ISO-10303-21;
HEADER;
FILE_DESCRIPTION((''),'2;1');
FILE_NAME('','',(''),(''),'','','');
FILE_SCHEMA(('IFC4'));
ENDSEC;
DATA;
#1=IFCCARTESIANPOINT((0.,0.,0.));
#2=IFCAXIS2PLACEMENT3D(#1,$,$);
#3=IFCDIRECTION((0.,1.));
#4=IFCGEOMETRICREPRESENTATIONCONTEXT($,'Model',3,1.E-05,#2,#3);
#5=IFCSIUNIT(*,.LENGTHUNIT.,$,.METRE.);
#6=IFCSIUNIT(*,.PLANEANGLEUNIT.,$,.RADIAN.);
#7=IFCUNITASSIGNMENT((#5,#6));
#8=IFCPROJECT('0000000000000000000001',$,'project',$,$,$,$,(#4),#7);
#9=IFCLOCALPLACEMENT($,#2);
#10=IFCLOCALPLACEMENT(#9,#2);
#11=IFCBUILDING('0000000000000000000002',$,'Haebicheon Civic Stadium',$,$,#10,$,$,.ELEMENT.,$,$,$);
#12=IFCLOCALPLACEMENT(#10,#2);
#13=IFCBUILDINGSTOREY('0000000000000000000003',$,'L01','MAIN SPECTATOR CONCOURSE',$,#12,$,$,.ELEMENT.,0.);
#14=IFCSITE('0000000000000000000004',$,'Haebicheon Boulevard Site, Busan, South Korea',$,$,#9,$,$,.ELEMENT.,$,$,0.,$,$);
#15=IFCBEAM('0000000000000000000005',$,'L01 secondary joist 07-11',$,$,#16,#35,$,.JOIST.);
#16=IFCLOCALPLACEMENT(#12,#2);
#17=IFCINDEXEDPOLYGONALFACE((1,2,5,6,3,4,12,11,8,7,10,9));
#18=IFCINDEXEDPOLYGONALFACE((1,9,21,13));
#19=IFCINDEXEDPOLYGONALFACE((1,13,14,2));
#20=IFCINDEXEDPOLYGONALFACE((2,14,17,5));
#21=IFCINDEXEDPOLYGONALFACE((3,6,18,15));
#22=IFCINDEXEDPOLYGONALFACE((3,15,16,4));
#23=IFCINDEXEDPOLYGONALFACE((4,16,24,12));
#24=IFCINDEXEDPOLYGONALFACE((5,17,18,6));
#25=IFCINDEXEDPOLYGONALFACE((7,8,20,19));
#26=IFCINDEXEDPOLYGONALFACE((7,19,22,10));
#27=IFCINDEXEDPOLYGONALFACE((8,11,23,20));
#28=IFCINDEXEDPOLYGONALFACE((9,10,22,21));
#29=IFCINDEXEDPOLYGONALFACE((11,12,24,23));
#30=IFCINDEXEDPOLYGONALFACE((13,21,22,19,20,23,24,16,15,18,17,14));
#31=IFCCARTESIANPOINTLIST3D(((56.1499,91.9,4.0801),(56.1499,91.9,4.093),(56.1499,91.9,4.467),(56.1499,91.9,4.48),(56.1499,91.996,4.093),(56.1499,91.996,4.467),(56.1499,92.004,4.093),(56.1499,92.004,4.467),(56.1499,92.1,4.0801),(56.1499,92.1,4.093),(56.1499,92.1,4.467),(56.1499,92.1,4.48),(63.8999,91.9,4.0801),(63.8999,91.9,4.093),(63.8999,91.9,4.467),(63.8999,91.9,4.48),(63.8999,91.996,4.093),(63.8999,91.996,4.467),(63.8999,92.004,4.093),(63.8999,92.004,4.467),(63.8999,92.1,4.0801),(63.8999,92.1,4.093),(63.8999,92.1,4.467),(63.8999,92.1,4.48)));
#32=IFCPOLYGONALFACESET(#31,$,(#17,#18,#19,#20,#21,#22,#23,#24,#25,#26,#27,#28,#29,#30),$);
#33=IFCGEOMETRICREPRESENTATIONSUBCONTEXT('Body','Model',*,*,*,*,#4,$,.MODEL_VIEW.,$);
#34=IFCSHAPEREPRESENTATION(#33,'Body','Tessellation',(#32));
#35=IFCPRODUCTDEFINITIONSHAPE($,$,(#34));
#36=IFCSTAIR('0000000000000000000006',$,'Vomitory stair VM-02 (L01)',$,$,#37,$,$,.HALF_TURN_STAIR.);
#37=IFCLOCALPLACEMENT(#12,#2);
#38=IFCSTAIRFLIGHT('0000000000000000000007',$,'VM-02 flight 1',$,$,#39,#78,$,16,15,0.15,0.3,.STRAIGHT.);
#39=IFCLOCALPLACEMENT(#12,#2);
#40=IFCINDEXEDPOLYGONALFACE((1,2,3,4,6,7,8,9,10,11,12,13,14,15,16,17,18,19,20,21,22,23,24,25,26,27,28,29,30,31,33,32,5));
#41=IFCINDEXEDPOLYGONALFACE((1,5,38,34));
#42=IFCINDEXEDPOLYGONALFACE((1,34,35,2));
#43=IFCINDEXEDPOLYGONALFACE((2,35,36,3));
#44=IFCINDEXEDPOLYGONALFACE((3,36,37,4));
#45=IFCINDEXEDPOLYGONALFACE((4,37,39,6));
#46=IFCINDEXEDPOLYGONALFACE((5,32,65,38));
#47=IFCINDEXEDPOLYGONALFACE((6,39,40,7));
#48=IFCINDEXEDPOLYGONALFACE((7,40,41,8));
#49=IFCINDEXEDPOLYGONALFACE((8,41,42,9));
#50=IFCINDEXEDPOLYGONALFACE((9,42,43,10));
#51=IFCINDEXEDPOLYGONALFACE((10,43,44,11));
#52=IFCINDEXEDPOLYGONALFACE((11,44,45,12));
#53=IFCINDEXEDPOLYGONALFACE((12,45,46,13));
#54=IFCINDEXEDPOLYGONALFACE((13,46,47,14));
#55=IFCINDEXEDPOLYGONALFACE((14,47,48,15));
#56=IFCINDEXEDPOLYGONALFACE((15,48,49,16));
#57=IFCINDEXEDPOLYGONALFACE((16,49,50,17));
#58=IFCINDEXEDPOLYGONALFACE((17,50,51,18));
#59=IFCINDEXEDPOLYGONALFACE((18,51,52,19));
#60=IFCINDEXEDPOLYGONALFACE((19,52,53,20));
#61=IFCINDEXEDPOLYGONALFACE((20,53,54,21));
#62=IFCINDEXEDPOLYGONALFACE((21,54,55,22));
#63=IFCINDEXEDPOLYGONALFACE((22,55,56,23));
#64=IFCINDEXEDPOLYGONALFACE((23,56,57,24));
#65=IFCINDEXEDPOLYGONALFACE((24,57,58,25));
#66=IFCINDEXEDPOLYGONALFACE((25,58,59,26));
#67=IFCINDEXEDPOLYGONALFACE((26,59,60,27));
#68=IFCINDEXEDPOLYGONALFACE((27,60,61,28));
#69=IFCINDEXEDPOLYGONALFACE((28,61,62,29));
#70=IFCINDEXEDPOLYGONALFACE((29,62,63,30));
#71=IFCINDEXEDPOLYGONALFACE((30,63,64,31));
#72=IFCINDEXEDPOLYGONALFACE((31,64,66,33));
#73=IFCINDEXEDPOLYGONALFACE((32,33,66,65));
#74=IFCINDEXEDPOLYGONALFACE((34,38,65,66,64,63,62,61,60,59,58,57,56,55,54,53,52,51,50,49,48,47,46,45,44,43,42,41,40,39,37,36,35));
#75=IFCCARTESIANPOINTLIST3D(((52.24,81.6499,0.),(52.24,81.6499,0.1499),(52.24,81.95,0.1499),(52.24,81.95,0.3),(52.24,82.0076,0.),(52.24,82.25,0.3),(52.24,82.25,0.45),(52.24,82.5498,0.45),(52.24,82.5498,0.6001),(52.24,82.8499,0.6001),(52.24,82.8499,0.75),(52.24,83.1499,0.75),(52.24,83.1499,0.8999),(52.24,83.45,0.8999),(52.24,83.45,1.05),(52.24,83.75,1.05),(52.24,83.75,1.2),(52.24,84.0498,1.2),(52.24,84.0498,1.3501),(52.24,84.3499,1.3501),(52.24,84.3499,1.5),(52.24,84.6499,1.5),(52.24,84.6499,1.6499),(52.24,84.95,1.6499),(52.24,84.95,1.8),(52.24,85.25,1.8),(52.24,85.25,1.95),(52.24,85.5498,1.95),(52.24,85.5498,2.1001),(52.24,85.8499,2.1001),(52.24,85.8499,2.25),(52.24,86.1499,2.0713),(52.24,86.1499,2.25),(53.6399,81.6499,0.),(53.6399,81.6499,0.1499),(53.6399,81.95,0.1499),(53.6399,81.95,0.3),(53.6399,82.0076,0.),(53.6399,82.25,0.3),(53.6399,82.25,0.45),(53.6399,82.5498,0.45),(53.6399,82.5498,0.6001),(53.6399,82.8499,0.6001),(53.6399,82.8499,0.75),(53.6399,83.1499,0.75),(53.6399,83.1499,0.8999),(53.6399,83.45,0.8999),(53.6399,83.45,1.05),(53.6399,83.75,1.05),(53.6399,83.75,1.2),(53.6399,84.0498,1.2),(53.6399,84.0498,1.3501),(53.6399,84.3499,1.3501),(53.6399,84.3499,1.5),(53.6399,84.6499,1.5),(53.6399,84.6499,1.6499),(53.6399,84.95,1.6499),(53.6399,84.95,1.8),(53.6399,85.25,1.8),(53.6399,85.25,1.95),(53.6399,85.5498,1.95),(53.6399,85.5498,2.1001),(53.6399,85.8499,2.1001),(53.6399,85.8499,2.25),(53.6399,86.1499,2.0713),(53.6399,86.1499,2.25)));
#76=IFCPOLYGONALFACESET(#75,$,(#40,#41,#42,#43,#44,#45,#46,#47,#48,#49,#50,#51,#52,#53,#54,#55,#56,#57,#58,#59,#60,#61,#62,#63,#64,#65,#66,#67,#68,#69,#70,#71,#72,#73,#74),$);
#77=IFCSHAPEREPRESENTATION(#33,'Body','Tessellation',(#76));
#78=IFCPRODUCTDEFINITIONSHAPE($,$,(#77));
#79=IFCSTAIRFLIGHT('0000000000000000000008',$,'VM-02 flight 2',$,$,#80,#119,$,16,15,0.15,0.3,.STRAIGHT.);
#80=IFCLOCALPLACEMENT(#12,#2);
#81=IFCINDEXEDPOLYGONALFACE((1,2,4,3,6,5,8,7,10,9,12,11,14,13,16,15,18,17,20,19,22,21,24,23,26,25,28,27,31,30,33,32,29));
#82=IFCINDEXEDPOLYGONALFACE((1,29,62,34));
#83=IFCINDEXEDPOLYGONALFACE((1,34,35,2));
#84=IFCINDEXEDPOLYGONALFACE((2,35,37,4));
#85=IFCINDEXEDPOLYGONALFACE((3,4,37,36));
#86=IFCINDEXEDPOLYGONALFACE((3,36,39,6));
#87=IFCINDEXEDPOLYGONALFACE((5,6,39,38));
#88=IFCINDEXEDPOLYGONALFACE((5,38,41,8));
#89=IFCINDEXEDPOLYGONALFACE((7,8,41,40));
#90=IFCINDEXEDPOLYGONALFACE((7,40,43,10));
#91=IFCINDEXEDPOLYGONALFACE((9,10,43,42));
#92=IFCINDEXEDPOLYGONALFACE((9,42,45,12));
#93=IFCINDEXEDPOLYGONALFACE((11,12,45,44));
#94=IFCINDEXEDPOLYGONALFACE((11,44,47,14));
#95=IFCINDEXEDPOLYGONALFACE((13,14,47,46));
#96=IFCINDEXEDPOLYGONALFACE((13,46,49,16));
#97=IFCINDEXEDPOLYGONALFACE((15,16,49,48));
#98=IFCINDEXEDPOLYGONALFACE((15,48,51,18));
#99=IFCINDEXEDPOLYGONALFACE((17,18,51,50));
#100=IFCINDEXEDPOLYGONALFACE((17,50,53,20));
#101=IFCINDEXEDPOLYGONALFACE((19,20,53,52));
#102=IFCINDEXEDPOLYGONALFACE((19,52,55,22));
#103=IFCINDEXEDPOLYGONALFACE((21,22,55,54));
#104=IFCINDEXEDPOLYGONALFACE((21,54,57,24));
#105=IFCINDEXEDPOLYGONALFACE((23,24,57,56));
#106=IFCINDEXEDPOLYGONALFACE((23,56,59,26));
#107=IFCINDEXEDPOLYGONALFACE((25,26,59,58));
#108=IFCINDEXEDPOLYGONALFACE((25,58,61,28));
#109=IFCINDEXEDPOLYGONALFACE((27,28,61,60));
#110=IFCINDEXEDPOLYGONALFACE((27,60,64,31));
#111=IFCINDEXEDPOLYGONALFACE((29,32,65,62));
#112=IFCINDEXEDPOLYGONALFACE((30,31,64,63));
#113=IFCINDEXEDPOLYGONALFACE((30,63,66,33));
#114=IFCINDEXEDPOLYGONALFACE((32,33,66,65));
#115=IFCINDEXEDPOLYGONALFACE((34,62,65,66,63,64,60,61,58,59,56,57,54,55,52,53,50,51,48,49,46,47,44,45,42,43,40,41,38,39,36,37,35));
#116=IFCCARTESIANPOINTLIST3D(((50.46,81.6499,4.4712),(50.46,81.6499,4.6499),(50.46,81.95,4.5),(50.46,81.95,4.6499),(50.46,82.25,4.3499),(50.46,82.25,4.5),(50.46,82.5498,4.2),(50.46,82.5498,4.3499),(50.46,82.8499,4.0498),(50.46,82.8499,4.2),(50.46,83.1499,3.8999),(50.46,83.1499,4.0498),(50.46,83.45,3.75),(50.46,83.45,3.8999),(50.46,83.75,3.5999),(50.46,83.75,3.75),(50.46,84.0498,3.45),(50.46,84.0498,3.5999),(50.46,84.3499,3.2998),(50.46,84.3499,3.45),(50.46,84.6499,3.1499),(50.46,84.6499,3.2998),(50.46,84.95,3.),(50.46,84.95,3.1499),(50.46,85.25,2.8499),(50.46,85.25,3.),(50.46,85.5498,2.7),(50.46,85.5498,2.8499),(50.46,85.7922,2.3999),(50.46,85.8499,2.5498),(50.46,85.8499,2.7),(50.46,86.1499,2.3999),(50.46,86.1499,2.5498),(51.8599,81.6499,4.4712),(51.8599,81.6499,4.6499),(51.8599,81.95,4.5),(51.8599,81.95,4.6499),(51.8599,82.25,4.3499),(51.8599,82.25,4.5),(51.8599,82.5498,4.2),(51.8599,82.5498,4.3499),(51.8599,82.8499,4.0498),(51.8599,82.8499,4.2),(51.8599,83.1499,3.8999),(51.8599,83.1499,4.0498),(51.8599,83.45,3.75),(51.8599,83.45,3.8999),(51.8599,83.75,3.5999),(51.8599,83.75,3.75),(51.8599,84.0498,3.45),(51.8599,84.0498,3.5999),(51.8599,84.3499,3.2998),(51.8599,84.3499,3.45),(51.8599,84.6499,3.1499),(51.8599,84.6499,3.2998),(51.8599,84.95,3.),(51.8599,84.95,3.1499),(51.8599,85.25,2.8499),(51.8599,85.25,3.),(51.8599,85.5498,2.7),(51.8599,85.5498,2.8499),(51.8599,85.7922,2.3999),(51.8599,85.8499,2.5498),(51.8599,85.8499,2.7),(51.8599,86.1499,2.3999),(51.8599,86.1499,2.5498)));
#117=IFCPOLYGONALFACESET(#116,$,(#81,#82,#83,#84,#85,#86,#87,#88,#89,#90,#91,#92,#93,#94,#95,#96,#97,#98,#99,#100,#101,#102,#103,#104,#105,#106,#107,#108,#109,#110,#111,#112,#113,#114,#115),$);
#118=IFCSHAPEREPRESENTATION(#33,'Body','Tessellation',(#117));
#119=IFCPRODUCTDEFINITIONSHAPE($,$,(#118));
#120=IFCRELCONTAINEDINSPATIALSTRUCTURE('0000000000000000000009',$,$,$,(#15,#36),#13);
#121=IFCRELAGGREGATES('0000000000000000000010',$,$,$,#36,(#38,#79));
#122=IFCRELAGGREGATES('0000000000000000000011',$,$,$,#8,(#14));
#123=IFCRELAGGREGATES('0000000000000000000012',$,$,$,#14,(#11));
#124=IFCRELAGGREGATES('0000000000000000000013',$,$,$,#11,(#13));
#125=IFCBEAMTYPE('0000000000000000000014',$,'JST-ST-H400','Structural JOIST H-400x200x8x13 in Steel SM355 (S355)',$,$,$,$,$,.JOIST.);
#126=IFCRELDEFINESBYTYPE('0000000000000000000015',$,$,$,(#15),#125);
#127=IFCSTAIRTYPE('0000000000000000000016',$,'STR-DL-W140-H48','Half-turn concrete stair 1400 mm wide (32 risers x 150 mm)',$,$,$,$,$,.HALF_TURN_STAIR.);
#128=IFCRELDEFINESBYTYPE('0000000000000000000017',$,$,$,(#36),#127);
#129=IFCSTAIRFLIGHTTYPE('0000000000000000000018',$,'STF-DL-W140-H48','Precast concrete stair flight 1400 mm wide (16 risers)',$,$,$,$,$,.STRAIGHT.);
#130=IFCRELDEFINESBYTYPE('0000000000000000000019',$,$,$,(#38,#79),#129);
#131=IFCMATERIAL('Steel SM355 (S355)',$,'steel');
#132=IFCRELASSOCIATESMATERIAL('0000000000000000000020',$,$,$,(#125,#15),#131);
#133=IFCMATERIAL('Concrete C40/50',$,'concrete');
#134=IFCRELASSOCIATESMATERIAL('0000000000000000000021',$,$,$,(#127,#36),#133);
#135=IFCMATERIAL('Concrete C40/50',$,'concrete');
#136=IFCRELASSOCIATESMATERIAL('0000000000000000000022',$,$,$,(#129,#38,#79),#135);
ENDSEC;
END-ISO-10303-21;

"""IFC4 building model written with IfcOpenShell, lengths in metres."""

from ifc_helpers import new_model, si_unit, direction, frame, origin, origin_2d, place, context, subcontext, project, spatial, polyline, i_section, outline, extrude, material, material_profile, profile_set, type_object, element, aggregate, save


model = new_model("IFC4")

# Units and contexts
model_context = context("Model", 3, precision=1e-05, world=origin(), true_north=direction((0.0, 1.0)))
body_context = subcontext(model_context, "Body", "Model", "MODEL_VIEW")
ifc_project = project(units=[si_unit("LENGTHUNIT", "METRE"), si_unit("PLANEANGLEUNIT", "RADIAN")], contexts=[model_context])

# Site, building, storey
site_placement = place(None, origin())
site = spatial("IfcSite", under=ifc_project, at=site_placement, Name="Haebicheon Boulevard Site, Busan, South Korea", CompositionType="ELEMENT", RefElevation=0.0)
building_placement = place(site_placement, origin())
building = spatial("IfcBuilding", under=site, at=building_placement, Name="Haebicheon Civic Stadium", CompositionType="ELEMENT")
storey_placement = place(building_placement, origin())
storey = spatial("IfcBuildingStorey", under=building, at=storey_placement, Name="L01", Description="MAIN SPECTATOR CONCOURSE", CompositionType="ELEMENT", Elevation=0.0)

# Beam
ifc_material_1 = material(Name="Steel SM355 (S355)", Category="steel")
ifc_material_profile_1 = material_profile(ifc_material_1, i_section(OverallWidth=0.2, OverallDepth=0.3999, WebThickness=0.0081, FlangeThickness=0.0129, at=origin_2d()), Name="H-400x200x8x13")
ifc_profile_set_1 = profile_set([ifc_material_profile_1], Name="Steel SM355 (S355)")
beam_type_1 = type_object("IfcBeamType", Name="JST-ST-H400", Description="Structural JOIST H-400x200x8x13 in Steel SM355 (S355)", PredefinedType="JOIST", material=ifc_profile_set_1)
for number, where, z_axis, x_axis, name in (
    (1, (56.1499, 92.0, 4.28), (1.0, 0.0, 0.0), (0.0, 1.0, 0.0), "L01 secondary joist 07-11"),
):
    element("IfcBeam", number, at=place(storey_placement, frame(where, z_axis=z_axis, x_axis=x_axis)), inside=storey, type_object=beam_type_1, material=ifc_profile_set_1, Name=name, PredefinedType="JOIST", context=body_context, shape_type="SweptSolid", body=[
        extrude(i_section(OverallWidth=0.2, OverallDepth=0.3999, WebThickness=0.0081, FlangeThickness=0.0129, at=origin_2d()), origin(), (0.0, 0.0, 1.0), 7.75),
    ])

# Stair, stair flights
ifc_material_2 = material(Name="Concrete C40/50", Category="concrete")
stair_type = type_object("IfcStairType", Name="STR-DL-W140-H48", Description="Half-turn concrete stair 1400 mm wide (32 risers x 150 mm)", PredefinedType="HALF_TURN_STAIR", material=ifc_material_2)
stair_placement = place(storey_placement, origin())
stair = element("IfcStair", 2, at=stair_placement, inside=storey, type_object=stair_type, material=ifc_material_2, Name="Vomitory stair VM-02 (L01)", PredefinedType="HALF_TURN_STAIR")
ifc_material_3 = material(Name="Concrete C40/50", Category="concrete")
stair_flight_type = type_object("IfcStairFlightType", Name="STF-DL-W140-H48", Description="Precast concrete stair flight 1400 mm wide (16 risers)", PredefinedType="STRAIGHT", material=ifc_material_3)
stair_flight_1_placement = place(storey_placement, frame((52.9399, 81.6499, 0.0), z_axis=(0.0, 0.0, 1.0), x_axis=(0.0, 1.0, 0.0)))
stair_flight_1 = element("IfcStairFlight", 3, at=stair_flight_1_placement, type_object=stair_flight_type, material=ifc_material_3, Name="VM-02 flight 1", NumberOfRisers=16, NumberOfTreads=15, PredefinedType="STRAIGHT", RiserHeight=0.15, TreadLength=0.3, context=body_context, shape_type="SweptSolid", body=[
    extrude(outline(polyline([(0.0, 0.0), (0.0, 0.1499), (0.3, 0.1499), (0.3, 0.3), (0.6001, 0.3), (0.6001, 0.45), (0.8999, 0.45), (0.8999, 0.6001), (1.2, 0.6001), (1.2, 0.75), (1.5, 0.75), (1.5, 0.8999), (1.8, 0.8999), (1.8, 1.05), (2.1001, 1.05), (2.1001, 1.2), (2.3999, 1.2), (2.3999, 1.3501), (2.7, 1.3501), (2.7, 1.5), (3.0, 1.5), (3.0, 1.6499), (3.3, 1.6499), (3.3, 1.8), (3.6001, 1.8), (3.6001, 1.95), (3.8999, 1.95), (3.8999, 2.1001), (4.2, 2.1001), (4.2, 2.25), (4.5, 2.25), (4.5, 2.3999), (4.5, 2.0713), (0.3577, 0.0), (0.0, 0.0)])), frame((0.0, 0.7, 0.0), z_axis=(0.0, -1.0, 0.0), x_axis=(1.0, 0.0, 0.0)), (0.0, 0.0, 1.0), 1.3999),
])
stair_flight_2_placement = place(storey_placement, frame((51.1599, 86.1499, 2.3999), z_axis=(0.0, 0.0, 1.0), x_axis=(0.0, -1.0, 0.0)))
stair_flight_2 = element("IfcStairFlight", 4, at=stair_flight_2_placement, type_object=stair_flight_type, material=ifc_material_3, Name="VM-02 flight 2", NumberOfRisers=16, NumberOfTreads=15, PredefinedType="STRAIGHT", RiserHeight=0.15, TreadLength=0.3, context=body_context, shape_type="SweptSolid", body=[
    extrude(outline(polyline([(0.0, 0.0), (0.0, 0.1499), (0.3, 0.1499), (0.3, 0.3), (0.6001, 0.3), (0.6001, 0.45), (0.8999, 0.45), (0.8999, 0.6001), (1.2, 0.6001), (1.2, 0.75), (1.5, 0.75), (1.5, 0.8999), (1.8, 0.8999), (1.8, 1.05), (2.1001, 1.05), (2.1001, 1.2), (2.3999, 1.2), (2.3999, 1.3501), (2.7, 1.3501), (2.7, 1.5), (3.0, 1.5), (3.0, 1.6499), (3.3, 1.6499), (3.3, 1.8), (3.6001, 1.8), (3.6001, 1.95), (3.8999, 1.95), (3.8999, 2.1001), (4.2, 2.1001), (4.2, 2.25), (4.5, 2.25), (4.5, 2.3999), (4.5, 2.0713), (0.3577, 0.0), (0.0, 0.0)])), frame((0.0, 0.7, 0.0), z_axis=(0.0, -1.0, 0.0), x_axis=(1.0, 0.0, 0.0)), (0.0, 0.0, 1.0), 1.3999),
])
aggregate(stair, [stair_flight_1, stair_flight_2])

save(model, "model.ifc")
